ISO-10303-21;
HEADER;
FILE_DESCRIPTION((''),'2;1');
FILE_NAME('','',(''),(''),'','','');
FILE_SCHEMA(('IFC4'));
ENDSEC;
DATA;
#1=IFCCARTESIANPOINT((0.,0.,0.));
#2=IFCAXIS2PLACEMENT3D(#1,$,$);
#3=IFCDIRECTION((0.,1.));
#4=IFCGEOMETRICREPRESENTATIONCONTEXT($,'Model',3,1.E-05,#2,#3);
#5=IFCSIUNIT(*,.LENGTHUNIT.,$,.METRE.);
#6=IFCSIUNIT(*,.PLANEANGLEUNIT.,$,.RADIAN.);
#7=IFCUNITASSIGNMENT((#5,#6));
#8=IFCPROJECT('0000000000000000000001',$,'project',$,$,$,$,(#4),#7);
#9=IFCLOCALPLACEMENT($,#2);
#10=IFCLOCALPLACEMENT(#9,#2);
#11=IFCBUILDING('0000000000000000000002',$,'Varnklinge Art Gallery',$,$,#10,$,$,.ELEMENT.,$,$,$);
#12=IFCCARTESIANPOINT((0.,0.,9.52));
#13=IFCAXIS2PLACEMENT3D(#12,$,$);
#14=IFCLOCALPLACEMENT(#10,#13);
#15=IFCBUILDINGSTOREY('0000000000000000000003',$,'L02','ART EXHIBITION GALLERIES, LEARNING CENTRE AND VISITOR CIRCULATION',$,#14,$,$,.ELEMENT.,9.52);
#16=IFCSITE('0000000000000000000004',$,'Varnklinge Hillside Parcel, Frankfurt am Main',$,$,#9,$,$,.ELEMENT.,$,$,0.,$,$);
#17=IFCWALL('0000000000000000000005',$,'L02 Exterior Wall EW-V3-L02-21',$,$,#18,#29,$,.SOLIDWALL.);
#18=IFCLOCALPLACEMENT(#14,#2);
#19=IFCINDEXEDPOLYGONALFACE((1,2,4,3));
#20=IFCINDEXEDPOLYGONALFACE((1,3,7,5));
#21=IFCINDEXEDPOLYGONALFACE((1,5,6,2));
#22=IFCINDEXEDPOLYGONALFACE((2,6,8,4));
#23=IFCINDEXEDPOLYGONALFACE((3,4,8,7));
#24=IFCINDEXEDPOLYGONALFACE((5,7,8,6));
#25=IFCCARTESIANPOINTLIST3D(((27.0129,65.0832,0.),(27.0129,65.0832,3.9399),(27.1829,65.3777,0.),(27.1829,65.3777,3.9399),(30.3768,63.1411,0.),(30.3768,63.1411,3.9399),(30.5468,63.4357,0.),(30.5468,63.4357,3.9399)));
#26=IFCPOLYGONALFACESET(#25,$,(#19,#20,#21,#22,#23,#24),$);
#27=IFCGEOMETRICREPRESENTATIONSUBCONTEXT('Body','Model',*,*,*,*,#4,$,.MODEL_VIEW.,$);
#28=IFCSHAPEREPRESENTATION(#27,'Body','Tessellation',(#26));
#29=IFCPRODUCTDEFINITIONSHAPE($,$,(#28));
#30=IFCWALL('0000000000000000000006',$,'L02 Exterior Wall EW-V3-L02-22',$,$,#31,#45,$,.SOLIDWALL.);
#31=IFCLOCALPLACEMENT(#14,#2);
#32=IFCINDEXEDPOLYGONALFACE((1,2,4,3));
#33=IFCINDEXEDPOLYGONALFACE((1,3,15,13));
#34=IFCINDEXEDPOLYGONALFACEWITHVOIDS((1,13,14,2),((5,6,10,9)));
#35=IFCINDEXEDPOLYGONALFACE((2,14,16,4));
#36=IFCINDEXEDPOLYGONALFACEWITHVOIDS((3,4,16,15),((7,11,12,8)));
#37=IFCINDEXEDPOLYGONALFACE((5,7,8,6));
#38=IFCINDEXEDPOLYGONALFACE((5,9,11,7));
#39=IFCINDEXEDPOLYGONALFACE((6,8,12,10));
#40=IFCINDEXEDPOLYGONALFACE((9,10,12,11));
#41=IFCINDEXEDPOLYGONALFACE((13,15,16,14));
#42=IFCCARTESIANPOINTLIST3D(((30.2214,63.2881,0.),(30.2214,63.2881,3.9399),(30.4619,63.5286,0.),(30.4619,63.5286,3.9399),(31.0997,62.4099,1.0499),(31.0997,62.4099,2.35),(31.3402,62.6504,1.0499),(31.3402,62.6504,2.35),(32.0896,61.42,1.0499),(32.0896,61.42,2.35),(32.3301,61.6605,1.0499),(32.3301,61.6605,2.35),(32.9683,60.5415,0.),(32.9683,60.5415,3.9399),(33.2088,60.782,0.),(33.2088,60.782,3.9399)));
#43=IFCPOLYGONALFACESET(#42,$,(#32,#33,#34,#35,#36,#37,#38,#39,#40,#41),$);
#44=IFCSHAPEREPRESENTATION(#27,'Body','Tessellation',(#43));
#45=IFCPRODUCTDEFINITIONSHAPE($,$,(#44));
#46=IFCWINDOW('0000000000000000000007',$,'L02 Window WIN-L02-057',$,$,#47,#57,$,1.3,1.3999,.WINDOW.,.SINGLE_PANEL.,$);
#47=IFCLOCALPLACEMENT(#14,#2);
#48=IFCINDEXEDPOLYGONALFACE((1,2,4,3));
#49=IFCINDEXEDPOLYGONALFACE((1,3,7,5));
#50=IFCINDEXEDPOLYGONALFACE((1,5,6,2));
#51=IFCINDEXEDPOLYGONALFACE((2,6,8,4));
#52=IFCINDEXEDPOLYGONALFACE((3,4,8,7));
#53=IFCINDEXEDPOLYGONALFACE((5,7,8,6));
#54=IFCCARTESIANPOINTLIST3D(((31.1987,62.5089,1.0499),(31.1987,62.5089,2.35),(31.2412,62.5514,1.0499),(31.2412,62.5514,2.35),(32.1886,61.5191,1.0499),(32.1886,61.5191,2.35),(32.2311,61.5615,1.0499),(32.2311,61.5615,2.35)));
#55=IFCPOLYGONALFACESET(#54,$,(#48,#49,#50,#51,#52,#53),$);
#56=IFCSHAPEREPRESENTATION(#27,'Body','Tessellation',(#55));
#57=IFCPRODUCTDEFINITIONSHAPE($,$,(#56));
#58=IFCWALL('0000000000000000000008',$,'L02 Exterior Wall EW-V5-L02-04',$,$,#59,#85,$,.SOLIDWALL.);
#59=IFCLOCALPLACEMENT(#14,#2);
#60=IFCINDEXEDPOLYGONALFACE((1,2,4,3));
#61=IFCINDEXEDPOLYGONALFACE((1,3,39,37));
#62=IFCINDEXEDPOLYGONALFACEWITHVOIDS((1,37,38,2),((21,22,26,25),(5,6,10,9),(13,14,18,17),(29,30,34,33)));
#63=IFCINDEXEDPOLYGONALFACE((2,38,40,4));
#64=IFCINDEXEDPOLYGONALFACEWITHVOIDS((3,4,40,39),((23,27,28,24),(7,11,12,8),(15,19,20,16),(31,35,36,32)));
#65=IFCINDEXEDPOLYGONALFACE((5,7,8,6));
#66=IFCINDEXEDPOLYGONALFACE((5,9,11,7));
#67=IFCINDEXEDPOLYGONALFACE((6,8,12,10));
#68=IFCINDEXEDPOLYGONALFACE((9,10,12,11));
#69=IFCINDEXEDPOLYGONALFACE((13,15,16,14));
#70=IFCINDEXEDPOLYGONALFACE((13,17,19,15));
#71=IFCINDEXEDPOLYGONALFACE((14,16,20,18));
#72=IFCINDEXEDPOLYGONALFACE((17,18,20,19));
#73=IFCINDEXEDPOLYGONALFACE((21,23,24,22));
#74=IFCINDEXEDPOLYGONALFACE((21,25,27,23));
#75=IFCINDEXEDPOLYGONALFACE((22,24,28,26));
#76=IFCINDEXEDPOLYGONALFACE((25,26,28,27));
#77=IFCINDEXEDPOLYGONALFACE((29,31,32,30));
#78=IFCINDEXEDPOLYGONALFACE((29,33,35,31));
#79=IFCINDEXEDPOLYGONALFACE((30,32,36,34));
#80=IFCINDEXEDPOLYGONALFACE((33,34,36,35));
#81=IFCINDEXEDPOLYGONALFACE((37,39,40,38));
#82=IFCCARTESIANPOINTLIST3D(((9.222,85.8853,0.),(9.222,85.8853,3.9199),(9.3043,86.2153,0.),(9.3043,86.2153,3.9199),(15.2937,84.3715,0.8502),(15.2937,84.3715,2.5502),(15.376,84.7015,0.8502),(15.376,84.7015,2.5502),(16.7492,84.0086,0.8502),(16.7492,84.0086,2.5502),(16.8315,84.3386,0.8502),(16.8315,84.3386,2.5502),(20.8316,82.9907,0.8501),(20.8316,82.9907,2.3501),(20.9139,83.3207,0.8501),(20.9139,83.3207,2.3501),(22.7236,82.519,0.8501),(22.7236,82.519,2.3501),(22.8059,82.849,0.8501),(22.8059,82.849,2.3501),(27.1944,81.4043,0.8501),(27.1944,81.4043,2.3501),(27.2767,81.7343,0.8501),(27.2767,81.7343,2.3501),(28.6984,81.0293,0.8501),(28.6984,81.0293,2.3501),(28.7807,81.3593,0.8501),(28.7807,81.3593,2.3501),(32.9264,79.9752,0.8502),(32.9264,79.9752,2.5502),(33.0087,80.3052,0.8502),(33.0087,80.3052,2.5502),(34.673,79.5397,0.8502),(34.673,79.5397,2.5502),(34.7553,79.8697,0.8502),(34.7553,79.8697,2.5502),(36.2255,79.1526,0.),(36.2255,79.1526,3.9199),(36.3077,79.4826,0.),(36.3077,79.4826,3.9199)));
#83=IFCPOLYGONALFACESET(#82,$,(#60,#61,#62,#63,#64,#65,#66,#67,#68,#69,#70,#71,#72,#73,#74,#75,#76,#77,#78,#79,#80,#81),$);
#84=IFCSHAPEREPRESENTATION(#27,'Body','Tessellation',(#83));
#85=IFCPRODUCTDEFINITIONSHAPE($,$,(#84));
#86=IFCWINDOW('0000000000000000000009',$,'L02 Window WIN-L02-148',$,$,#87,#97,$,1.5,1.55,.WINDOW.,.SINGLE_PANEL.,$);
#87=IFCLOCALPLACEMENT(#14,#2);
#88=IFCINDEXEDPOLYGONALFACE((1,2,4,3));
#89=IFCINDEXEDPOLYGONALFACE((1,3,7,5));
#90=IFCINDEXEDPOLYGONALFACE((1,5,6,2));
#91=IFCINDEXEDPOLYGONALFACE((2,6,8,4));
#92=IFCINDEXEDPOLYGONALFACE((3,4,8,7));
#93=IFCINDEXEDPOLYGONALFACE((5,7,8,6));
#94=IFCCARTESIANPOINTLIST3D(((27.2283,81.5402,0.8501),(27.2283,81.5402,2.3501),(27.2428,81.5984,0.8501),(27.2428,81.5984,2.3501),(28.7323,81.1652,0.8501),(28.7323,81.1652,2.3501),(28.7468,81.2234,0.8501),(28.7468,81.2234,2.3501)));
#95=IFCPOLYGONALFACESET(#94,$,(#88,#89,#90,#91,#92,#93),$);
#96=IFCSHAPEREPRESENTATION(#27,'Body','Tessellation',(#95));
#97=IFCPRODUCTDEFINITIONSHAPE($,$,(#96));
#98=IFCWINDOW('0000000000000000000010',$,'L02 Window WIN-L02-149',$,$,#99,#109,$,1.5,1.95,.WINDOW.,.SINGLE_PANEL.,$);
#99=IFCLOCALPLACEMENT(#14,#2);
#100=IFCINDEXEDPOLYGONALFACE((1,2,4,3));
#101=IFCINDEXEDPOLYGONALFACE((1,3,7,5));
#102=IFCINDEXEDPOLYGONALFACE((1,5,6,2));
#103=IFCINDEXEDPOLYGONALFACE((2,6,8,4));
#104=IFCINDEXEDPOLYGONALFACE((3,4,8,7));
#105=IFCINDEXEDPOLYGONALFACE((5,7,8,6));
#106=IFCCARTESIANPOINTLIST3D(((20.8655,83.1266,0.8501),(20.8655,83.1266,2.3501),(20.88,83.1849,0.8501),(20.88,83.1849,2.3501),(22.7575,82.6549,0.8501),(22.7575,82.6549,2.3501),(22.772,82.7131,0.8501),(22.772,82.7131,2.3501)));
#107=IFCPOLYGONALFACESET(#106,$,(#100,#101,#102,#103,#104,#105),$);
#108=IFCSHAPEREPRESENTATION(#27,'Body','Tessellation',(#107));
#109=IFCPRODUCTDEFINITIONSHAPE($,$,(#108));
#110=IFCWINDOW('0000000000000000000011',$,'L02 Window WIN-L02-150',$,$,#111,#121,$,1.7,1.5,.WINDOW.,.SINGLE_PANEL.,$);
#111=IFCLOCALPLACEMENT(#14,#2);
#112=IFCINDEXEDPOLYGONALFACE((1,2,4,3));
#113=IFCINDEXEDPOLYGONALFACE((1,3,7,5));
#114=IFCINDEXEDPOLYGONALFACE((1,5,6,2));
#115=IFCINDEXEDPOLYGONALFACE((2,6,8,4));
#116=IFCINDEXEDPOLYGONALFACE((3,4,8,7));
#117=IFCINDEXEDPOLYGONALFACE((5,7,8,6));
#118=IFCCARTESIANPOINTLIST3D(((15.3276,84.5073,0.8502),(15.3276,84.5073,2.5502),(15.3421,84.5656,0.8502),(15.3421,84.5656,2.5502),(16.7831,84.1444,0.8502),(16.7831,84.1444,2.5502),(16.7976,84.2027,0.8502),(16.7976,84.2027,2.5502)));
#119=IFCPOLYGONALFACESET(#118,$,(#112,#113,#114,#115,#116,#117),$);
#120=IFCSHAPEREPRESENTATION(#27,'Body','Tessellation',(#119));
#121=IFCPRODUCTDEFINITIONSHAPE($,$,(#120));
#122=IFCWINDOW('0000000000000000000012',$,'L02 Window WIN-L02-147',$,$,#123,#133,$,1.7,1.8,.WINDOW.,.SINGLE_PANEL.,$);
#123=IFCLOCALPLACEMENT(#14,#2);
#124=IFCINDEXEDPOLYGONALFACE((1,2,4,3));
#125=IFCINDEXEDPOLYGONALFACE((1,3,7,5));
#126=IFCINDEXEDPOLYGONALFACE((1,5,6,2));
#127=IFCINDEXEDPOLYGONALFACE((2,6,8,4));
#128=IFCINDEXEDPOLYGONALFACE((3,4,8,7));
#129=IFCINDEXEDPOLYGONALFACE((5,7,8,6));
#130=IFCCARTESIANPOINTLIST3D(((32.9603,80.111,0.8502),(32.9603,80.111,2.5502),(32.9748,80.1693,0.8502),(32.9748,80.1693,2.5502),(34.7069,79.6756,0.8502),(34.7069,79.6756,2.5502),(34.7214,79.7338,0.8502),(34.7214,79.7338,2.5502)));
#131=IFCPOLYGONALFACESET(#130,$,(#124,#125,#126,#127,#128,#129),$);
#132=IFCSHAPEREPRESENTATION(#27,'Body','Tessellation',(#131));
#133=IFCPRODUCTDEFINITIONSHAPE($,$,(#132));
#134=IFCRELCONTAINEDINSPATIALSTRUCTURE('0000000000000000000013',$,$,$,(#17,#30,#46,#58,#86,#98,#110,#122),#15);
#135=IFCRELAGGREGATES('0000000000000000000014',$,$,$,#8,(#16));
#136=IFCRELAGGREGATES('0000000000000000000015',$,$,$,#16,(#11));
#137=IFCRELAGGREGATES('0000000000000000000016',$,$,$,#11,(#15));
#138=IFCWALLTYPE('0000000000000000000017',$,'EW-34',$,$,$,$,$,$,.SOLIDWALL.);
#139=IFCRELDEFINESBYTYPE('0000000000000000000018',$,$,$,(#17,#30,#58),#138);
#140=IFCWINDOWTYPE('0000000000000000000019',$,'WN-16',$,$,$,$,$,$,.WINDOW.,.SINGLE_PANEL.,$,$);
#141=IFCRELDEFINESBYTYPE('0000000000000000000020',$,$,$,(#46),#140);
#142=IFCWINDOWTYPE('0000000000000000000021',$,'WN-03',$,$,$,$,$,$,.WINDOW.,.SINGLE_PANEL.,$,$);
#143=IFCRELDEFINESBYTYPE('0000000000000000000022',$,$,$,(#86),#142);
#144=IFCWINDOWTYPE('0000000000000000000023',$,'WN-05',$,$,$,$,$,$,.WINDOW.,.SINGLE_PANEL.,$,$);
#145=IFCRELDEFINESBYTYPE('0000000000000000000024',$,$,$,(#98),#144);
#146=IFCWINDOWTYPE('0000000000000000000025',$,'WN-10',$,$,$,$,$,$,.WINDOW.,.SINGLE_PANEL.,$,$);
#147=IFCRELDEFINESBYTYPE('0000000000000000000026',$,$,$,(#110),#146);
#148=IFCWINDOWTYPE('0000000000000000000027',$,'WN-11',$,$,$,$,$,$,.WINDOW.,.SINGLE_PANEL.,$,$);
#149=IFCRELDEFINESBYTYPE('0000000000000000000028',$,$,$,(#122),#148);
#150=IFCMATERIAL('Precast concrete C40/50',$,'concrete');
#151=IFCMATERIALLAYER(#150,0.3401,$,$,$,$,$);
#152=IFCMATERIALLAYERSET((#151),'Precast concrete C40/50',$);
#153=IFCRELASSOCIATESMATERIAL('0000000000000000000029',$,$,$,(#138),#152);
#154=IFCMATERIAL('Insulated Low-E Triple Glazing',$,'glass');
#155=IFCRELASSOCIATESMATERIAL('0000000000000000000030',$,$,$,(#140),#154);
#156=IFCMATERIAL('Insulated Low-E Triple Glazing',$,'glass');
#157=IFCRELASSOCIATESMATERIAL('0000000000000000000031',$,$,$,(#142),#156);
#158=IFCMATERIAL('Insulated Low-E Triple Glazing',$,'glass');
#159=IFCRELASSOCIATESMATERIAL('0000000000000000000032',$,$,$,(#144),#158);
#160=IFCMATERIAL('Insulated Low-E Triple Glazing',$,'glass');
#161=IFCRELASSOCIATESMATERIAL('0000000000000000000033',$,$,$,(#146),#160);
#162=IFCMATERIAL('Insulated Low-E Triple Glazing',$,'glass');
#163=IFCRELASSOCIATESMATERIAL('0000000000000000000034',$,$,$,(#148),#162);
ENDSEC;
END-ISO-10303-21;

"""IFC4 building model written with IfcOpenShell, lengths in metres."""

from ifc_helpers import new_model, si_unit, direction, frame, frame_2d, origin, place, context, subcontext, project, spatial, rectangle, extrude, material, layer, layer_set, type_object, element, fill, save


model = new_model("IFC4")

# Units and contexts
model_context = context("Model", 3, precision=1e-05, world=origin(), true_north=direction((0.0, 1.0)))
body_context = subcontext(model_context, "Body", "Model", "MODEL_VIEW")
ifc_project = project(units=[si_unit("LENGTHUNIT", "METRE"), si_unit("PLANEANGLEUNIT", "RADIAN")], contexts=[model_context])

# Site, building, storey
site_placement = place(None, origin())
site = spatial("IfcSite", under=ifc_project, at=site_placement, Name="Varnklinge Hillside Parcel, Frankfurt am Main", CompositionType="ELEMENT", RefElevation=0.0)
building_placement = place(site_placement, origin())
building = spatial("IfcBuilding", under=site, at=building_placement, Name="Varnklinge Art Gallery", CompositionType="ELEMENT")
storey_placement = place(building_placement, frame((0.0, 0.0, 9.52)))
storey = spatial("IfcBuildingStorey", under=building, at=storey_placement, Name="L02", Description="ART EXHIBITION GALLERIES, LEARNING CENTRE AND VISITOR CIRCULATION", CompositionType="ELEMENT", Elevation=9.52)

# Wall
ifc_material_1 = material(Name="Precast concrete C40/50", Category="concrete")
ifc_layer_1 = layer(ifc_material_1, 0.3401)
ifc_layer_set_1 = layer_set([ifc_layer_1], Name="Precast concrete C40/50")
wall_type_1 = type_object("IfcWallType", Name="EW-34", PredefinedType="SOLIDWALL", material=ifc_layer_set_1)
wall_1_placement = place(storey_placement, frame((27.0979, 65.2305, 0.0), z_axis=(0.0, 0.0, 1.0), x_axis=(0.866034, -0.499985, 0.0)))
element("IfcWall", 1, at=wall_1_placement, inside=storey, type_object=wall_type_1, Name="L02 Exterior Wall EW-V3-L02-21", PredefinedType="SOLIDWALL", context=body_context, shape_type="SweptSolid", body=[
    extrude(rectangle(XDim=3.8843, YDim=0.3401, at=frame_2d((1.9421, 0.0))), origin(), (0.0, 0.0, 1.0), 3.9399),
])

# Wall, opening, window
wall_2_placement = place(storey_placement, frame((30.3416, 63.4084, 0.0), z_axis=(0.0, 0.0, 1.0), x_axis=(0.707138, -0.707075, 0.0)))
wall_2 = element("IfcWall", 2, at=wall_2_placement, inside=storey, type_object=wall_type_1, Name="L02 Exterior Wall EW-V3-L02-22", PredefinedType="SOLIDWALL", context=body_context, shape_type="SweptSolid", body=[
    extrude(rectangle(XDim=3.8845, YDim=0.3401, at=frame_2d((1.9424, 0.0))), origin(), (0.0, 0.0, 1.0), 3.9399),
])
opening_1_placement = place(wall_2_placement, frame((1.2422, 0.0, 1.05)))
opening_1 = element("IfcOpeningElement", 3, at=opening_1_placement, cuts=wall_2, PredefinedType="OPENING", context=body_context, shape_type="SweptSolid", body=[
    extrude(rectangle(XDim=1.3999, YDim=1.3, at=frame_2d((0.7, 0.6499))), frame((0.0, 0.1799, 0.0), z_axis=(0.0, -1.0, 0.0), x_axis=(1.0, 0.0, 0.0)), (0.0, 0.0, 1.0), 0.3601),
])
ifc_material_2 = material(Name="Insulated Low-E Triple Glazing", Category="glass")
window_type_1 = type_object("IfcWindowType", Name="WN-16", PartitioningType="SINGLE_PANEL", PredefinedType="WINDOW", material=ifc_material_2)
window_1_placement = place(opening_1_placement, origin())
window_1 = element("IfcWindow", 4, at=window_1_placement, inside=storey, type_object=window_type_1, Name="L02 Window WIN-L02-057", OverallHeight=1.3, OverallWidth=1.3999, PartitioningType="SINGLE_PANEL", PredefinedType="WINDOW", context=body_context, shape_type="SweptSolid", body=[
    extrude(rectangle(XDim=1.3999, YDim=1.3, at=frame_2d((0.7, 0.6499))), frame((0.0, 0.03, 0.0), z_axis=(0.0, -1.0, 0.0), x_axis=(1.0, 0.0, 0.0)), (0.0, 0.0, 1.0), 0.0601),
])
fill(opening_1, window_1)

# Wall, openings, windows
wall_3_placement = place(storey_placement, frame((36.2666, 79.3176, 0.0), z_axis=(0.0, 0.0, 1.0), x_axis=(-0.970296, 0.24192, 0.0)))
wall_3 = element("IfcWall", 5, at=wall_3_placement, inside=storey, type_object=wall_type_1, Name="L02 Exterior Wall EW-V5-L02-04", PredefinedType="SOLIDWALL", context=body_context, shape_type="SweptSolid", body=[
    extrude(rectangle(XDim=27.8301, YDim=0.3401, at=frame_2d((13.915, 0.0))), origin(), (0.0, 0.0, 1.0), 3.9199),
])
opening_2_placement = place(wall_3_placement, frame((1.6001, 0.0, 0.8501)))
opening_2 = element("IfcOpeningElement", 6, at=opening_2_placement, cuts=wall_3, PredefinedType="OPENING", context=body_context, shape_type="SweptSolid", body=[
    extrude(rectangle(XDim=1.8, YDim=1.7, at=frame_2d((0.8999, 0.8501))), frame((0.0, 0.1799, 0.0), z_axis=(0.0, -1.0, 0.0), x_axis=(1.0, 0.0, 0.0)), (0.0, 0.0, 1.0), 0.3601),
])
opening_3_placement = place(wall_3_placement, frame((7.7576, 0.0, 0.8501)))
opening_3 = element("IfcOpeningElement", 7, at=opening_3_placement, cuts=wall_3, PredefinedType="OPENING", context=body_context, shape_type="SweptSolid", body=[
    extrude(rectangle(XDim=1.55, YDim=1.5, at=frame_2d((0.7749, 0.75))), frame((0.0, 0.1799, 0.0), z_axis=(0.0, -1.0, 0.0), x_axis=(1.0, 0.0, 0.0)), (0.0, 0.0, 1.0), 0.3601),
])
opening_4_placement = place(wall_3_placement, frame((13.915, 0.0, 0.8501)))
opening_4 = element("IfcOpeningElement", 8, at=opening_4_placement, cuts=wall_3, PredefinedType="OPENING", context=body_context, shape_type="SweptSolid", body=[
    extrude(rectangle(XDim=1.95, YDim=1.5, at=frame_2d((0.9751, 0.75))), frame((0.0, 0.1799, 0.0), z_axis=(0.0, -1.0, 0.0), x_axis=(1.0, 0.0, 0.0)), (0.0, 0.0, 1.0), 0.3601),
])
opening_5_placement = place(wall_3_placement, frame((20.0725, 0.0, 0.8501)))
opening_5 = element("IfcOpeningElement", 9, at=opening_5_placement, cuts=wall_3, PredefinedType="OPENING", context=body_context, shape_type="SweptSolid", body=[
    extrude(rectangle(XDim=1.5, YDim=1.7, at=frame_2d((0.75, 0.8501))), frame((0.0, 0.1799, 0.0), z_axis=(0.0, -1.0, 0.0), x_axis=(1.0, 0.0, 0.0)), (0.0, 0.0, 1.0), 0.3601),
])
ifc_material_3 = material(Name="Insulated Low-E Triple Glazing", Category="glass")
window_type_2 = type_object("IfcWindowType", Name="WN-03", PartitioningType="SINGLE_PANEL", PredefinedType="WINDOW", material=ifc_material_3)
window_2_placement = place(opening_3_placement, origin())
window_2 = element("IfcWindow", 10, at=window_2_placement, inside=storey, type_object=window_type_2, Name="L02 Window WIN-L02-148", OverallHeight=1.5, OverallWidth=1.55, PartitioningType="SINGLE_PANEL", PredefinedType="WINDOW", context=body_context, shape_type="SweptSolid", body=[
    extrude(rectangle(XDim=1.55, YDim=1.5, at=frame_2d((0.7749, 0.75))), frame((0.0, 0.03, 0.0), z_axis=(0.0, -1.0, 0.0), x_axis=(1.0, 0.0, 0.0)), (0.0, 0.0, 1.0), 0.0601),
])
fill(opening_3, window_2)
ifc_material_4 = material(Name="Insulated Low-E Triple Glazing", Category="glass")
window_type_3 = type_object("IfcWindowType", Name="WN-05", PartitioningType="SINGLE_PANEL", PredefinedType="WINDOW", material=ifc_material_4)
window_3_placement = place(opening_4_placement, origin())
window_3 = element("IfcWindow", 11, at=window_3_placement, inside=storey, type_object=window_type_3, Name="L02 Window WIN-L02-149", OverallHeight=1.5, OverallWidth=1.95, PartitioningType="SINGLE_PANEL", PredefinedType="WINDOW", context=body_context, shape_type="SweptSolid", body=[
    extrude(rectangle(XDim=1.95, YDim=1.5, at=frame_2d((0.9751, 0.75))), frame((0.0, 0.03, 0.0), z_axis=(0.0, -1.0, 0.0), x_axis=(1.0, 0.0, 0.0)), (0.0, 0.0, 1.0), 0.0601),
])
fill(opening_4, window_3)
ifc_material_5 = material(Name="Insulated Low-E Triple Glazing", Category="glass")
window_type_4 = type_object("IfcWindowType", Name="WN-10", PartitioningType="SINGLE_PANEL", PredefinedType="WINDOW", material=ifc_material_5)
window_4_placement = place(opening_5_placement, origin())
window_4 = element("IfcWindow", 12, at=window_4_placement, inside=storey, type_object=window_type_4, Name="L02 Window WIN-L02-150", OverallHeight=1.7, OverallWidth=1.5, PartitioningType="SINGLE_PANEL", PredefinedType="WINDOW", context=body_context, shape_type="SweptSolid", body=[
    extrude(rectangle(XDim=1.5, YDim=1.7, at=frame_2d((0.75, 0.8501))), frame((0.0, 0.03, 0.0), z_axis=(0.0, -1.0, 0.0), x_axis=(1.0, 0.0, 0.0)), (0.0, 0.0, 1.0), 0.0601),
])
fill(opening_5, window_4)
ifc_material_6 = material(Name="Insulated Low-E Triple Glazing", Category="glass")
window_type_5 = type_object("IfcWindowType", Name="WN-11", PartitioningType="SINGLE_PANEL", PredefinedType="WINDOW", material=ifc_material_6)
window_5_placement = place(opening_2_placement, origin())
window_5 = element("IfcWindow", 13, at=window_5_placement, inside=storey, type_object=window_type_5, Name="L02 Window WIN-L02-147", OverallHeight=1.7, OverallWidth=1.8, PartitioningType="SINGLE_PANEL", PredefinedType="WINDOW", context=body_context, shape_type="SweptSolid", body=[
    extrude(rectangle(XDim=1.8, YDim=1.7, at=frame_2d((0.8999, 0.8501))), frame((0.0, 0.03, 0.0), z_axis=(0.0, -1.0, 0.0), x_axis=(1.0, 0.0, 0.0)), (0.0, 0.0, 1.0), 0.0601),
])
fill(opening_2, window_5)

save(model, "model.ifc")
